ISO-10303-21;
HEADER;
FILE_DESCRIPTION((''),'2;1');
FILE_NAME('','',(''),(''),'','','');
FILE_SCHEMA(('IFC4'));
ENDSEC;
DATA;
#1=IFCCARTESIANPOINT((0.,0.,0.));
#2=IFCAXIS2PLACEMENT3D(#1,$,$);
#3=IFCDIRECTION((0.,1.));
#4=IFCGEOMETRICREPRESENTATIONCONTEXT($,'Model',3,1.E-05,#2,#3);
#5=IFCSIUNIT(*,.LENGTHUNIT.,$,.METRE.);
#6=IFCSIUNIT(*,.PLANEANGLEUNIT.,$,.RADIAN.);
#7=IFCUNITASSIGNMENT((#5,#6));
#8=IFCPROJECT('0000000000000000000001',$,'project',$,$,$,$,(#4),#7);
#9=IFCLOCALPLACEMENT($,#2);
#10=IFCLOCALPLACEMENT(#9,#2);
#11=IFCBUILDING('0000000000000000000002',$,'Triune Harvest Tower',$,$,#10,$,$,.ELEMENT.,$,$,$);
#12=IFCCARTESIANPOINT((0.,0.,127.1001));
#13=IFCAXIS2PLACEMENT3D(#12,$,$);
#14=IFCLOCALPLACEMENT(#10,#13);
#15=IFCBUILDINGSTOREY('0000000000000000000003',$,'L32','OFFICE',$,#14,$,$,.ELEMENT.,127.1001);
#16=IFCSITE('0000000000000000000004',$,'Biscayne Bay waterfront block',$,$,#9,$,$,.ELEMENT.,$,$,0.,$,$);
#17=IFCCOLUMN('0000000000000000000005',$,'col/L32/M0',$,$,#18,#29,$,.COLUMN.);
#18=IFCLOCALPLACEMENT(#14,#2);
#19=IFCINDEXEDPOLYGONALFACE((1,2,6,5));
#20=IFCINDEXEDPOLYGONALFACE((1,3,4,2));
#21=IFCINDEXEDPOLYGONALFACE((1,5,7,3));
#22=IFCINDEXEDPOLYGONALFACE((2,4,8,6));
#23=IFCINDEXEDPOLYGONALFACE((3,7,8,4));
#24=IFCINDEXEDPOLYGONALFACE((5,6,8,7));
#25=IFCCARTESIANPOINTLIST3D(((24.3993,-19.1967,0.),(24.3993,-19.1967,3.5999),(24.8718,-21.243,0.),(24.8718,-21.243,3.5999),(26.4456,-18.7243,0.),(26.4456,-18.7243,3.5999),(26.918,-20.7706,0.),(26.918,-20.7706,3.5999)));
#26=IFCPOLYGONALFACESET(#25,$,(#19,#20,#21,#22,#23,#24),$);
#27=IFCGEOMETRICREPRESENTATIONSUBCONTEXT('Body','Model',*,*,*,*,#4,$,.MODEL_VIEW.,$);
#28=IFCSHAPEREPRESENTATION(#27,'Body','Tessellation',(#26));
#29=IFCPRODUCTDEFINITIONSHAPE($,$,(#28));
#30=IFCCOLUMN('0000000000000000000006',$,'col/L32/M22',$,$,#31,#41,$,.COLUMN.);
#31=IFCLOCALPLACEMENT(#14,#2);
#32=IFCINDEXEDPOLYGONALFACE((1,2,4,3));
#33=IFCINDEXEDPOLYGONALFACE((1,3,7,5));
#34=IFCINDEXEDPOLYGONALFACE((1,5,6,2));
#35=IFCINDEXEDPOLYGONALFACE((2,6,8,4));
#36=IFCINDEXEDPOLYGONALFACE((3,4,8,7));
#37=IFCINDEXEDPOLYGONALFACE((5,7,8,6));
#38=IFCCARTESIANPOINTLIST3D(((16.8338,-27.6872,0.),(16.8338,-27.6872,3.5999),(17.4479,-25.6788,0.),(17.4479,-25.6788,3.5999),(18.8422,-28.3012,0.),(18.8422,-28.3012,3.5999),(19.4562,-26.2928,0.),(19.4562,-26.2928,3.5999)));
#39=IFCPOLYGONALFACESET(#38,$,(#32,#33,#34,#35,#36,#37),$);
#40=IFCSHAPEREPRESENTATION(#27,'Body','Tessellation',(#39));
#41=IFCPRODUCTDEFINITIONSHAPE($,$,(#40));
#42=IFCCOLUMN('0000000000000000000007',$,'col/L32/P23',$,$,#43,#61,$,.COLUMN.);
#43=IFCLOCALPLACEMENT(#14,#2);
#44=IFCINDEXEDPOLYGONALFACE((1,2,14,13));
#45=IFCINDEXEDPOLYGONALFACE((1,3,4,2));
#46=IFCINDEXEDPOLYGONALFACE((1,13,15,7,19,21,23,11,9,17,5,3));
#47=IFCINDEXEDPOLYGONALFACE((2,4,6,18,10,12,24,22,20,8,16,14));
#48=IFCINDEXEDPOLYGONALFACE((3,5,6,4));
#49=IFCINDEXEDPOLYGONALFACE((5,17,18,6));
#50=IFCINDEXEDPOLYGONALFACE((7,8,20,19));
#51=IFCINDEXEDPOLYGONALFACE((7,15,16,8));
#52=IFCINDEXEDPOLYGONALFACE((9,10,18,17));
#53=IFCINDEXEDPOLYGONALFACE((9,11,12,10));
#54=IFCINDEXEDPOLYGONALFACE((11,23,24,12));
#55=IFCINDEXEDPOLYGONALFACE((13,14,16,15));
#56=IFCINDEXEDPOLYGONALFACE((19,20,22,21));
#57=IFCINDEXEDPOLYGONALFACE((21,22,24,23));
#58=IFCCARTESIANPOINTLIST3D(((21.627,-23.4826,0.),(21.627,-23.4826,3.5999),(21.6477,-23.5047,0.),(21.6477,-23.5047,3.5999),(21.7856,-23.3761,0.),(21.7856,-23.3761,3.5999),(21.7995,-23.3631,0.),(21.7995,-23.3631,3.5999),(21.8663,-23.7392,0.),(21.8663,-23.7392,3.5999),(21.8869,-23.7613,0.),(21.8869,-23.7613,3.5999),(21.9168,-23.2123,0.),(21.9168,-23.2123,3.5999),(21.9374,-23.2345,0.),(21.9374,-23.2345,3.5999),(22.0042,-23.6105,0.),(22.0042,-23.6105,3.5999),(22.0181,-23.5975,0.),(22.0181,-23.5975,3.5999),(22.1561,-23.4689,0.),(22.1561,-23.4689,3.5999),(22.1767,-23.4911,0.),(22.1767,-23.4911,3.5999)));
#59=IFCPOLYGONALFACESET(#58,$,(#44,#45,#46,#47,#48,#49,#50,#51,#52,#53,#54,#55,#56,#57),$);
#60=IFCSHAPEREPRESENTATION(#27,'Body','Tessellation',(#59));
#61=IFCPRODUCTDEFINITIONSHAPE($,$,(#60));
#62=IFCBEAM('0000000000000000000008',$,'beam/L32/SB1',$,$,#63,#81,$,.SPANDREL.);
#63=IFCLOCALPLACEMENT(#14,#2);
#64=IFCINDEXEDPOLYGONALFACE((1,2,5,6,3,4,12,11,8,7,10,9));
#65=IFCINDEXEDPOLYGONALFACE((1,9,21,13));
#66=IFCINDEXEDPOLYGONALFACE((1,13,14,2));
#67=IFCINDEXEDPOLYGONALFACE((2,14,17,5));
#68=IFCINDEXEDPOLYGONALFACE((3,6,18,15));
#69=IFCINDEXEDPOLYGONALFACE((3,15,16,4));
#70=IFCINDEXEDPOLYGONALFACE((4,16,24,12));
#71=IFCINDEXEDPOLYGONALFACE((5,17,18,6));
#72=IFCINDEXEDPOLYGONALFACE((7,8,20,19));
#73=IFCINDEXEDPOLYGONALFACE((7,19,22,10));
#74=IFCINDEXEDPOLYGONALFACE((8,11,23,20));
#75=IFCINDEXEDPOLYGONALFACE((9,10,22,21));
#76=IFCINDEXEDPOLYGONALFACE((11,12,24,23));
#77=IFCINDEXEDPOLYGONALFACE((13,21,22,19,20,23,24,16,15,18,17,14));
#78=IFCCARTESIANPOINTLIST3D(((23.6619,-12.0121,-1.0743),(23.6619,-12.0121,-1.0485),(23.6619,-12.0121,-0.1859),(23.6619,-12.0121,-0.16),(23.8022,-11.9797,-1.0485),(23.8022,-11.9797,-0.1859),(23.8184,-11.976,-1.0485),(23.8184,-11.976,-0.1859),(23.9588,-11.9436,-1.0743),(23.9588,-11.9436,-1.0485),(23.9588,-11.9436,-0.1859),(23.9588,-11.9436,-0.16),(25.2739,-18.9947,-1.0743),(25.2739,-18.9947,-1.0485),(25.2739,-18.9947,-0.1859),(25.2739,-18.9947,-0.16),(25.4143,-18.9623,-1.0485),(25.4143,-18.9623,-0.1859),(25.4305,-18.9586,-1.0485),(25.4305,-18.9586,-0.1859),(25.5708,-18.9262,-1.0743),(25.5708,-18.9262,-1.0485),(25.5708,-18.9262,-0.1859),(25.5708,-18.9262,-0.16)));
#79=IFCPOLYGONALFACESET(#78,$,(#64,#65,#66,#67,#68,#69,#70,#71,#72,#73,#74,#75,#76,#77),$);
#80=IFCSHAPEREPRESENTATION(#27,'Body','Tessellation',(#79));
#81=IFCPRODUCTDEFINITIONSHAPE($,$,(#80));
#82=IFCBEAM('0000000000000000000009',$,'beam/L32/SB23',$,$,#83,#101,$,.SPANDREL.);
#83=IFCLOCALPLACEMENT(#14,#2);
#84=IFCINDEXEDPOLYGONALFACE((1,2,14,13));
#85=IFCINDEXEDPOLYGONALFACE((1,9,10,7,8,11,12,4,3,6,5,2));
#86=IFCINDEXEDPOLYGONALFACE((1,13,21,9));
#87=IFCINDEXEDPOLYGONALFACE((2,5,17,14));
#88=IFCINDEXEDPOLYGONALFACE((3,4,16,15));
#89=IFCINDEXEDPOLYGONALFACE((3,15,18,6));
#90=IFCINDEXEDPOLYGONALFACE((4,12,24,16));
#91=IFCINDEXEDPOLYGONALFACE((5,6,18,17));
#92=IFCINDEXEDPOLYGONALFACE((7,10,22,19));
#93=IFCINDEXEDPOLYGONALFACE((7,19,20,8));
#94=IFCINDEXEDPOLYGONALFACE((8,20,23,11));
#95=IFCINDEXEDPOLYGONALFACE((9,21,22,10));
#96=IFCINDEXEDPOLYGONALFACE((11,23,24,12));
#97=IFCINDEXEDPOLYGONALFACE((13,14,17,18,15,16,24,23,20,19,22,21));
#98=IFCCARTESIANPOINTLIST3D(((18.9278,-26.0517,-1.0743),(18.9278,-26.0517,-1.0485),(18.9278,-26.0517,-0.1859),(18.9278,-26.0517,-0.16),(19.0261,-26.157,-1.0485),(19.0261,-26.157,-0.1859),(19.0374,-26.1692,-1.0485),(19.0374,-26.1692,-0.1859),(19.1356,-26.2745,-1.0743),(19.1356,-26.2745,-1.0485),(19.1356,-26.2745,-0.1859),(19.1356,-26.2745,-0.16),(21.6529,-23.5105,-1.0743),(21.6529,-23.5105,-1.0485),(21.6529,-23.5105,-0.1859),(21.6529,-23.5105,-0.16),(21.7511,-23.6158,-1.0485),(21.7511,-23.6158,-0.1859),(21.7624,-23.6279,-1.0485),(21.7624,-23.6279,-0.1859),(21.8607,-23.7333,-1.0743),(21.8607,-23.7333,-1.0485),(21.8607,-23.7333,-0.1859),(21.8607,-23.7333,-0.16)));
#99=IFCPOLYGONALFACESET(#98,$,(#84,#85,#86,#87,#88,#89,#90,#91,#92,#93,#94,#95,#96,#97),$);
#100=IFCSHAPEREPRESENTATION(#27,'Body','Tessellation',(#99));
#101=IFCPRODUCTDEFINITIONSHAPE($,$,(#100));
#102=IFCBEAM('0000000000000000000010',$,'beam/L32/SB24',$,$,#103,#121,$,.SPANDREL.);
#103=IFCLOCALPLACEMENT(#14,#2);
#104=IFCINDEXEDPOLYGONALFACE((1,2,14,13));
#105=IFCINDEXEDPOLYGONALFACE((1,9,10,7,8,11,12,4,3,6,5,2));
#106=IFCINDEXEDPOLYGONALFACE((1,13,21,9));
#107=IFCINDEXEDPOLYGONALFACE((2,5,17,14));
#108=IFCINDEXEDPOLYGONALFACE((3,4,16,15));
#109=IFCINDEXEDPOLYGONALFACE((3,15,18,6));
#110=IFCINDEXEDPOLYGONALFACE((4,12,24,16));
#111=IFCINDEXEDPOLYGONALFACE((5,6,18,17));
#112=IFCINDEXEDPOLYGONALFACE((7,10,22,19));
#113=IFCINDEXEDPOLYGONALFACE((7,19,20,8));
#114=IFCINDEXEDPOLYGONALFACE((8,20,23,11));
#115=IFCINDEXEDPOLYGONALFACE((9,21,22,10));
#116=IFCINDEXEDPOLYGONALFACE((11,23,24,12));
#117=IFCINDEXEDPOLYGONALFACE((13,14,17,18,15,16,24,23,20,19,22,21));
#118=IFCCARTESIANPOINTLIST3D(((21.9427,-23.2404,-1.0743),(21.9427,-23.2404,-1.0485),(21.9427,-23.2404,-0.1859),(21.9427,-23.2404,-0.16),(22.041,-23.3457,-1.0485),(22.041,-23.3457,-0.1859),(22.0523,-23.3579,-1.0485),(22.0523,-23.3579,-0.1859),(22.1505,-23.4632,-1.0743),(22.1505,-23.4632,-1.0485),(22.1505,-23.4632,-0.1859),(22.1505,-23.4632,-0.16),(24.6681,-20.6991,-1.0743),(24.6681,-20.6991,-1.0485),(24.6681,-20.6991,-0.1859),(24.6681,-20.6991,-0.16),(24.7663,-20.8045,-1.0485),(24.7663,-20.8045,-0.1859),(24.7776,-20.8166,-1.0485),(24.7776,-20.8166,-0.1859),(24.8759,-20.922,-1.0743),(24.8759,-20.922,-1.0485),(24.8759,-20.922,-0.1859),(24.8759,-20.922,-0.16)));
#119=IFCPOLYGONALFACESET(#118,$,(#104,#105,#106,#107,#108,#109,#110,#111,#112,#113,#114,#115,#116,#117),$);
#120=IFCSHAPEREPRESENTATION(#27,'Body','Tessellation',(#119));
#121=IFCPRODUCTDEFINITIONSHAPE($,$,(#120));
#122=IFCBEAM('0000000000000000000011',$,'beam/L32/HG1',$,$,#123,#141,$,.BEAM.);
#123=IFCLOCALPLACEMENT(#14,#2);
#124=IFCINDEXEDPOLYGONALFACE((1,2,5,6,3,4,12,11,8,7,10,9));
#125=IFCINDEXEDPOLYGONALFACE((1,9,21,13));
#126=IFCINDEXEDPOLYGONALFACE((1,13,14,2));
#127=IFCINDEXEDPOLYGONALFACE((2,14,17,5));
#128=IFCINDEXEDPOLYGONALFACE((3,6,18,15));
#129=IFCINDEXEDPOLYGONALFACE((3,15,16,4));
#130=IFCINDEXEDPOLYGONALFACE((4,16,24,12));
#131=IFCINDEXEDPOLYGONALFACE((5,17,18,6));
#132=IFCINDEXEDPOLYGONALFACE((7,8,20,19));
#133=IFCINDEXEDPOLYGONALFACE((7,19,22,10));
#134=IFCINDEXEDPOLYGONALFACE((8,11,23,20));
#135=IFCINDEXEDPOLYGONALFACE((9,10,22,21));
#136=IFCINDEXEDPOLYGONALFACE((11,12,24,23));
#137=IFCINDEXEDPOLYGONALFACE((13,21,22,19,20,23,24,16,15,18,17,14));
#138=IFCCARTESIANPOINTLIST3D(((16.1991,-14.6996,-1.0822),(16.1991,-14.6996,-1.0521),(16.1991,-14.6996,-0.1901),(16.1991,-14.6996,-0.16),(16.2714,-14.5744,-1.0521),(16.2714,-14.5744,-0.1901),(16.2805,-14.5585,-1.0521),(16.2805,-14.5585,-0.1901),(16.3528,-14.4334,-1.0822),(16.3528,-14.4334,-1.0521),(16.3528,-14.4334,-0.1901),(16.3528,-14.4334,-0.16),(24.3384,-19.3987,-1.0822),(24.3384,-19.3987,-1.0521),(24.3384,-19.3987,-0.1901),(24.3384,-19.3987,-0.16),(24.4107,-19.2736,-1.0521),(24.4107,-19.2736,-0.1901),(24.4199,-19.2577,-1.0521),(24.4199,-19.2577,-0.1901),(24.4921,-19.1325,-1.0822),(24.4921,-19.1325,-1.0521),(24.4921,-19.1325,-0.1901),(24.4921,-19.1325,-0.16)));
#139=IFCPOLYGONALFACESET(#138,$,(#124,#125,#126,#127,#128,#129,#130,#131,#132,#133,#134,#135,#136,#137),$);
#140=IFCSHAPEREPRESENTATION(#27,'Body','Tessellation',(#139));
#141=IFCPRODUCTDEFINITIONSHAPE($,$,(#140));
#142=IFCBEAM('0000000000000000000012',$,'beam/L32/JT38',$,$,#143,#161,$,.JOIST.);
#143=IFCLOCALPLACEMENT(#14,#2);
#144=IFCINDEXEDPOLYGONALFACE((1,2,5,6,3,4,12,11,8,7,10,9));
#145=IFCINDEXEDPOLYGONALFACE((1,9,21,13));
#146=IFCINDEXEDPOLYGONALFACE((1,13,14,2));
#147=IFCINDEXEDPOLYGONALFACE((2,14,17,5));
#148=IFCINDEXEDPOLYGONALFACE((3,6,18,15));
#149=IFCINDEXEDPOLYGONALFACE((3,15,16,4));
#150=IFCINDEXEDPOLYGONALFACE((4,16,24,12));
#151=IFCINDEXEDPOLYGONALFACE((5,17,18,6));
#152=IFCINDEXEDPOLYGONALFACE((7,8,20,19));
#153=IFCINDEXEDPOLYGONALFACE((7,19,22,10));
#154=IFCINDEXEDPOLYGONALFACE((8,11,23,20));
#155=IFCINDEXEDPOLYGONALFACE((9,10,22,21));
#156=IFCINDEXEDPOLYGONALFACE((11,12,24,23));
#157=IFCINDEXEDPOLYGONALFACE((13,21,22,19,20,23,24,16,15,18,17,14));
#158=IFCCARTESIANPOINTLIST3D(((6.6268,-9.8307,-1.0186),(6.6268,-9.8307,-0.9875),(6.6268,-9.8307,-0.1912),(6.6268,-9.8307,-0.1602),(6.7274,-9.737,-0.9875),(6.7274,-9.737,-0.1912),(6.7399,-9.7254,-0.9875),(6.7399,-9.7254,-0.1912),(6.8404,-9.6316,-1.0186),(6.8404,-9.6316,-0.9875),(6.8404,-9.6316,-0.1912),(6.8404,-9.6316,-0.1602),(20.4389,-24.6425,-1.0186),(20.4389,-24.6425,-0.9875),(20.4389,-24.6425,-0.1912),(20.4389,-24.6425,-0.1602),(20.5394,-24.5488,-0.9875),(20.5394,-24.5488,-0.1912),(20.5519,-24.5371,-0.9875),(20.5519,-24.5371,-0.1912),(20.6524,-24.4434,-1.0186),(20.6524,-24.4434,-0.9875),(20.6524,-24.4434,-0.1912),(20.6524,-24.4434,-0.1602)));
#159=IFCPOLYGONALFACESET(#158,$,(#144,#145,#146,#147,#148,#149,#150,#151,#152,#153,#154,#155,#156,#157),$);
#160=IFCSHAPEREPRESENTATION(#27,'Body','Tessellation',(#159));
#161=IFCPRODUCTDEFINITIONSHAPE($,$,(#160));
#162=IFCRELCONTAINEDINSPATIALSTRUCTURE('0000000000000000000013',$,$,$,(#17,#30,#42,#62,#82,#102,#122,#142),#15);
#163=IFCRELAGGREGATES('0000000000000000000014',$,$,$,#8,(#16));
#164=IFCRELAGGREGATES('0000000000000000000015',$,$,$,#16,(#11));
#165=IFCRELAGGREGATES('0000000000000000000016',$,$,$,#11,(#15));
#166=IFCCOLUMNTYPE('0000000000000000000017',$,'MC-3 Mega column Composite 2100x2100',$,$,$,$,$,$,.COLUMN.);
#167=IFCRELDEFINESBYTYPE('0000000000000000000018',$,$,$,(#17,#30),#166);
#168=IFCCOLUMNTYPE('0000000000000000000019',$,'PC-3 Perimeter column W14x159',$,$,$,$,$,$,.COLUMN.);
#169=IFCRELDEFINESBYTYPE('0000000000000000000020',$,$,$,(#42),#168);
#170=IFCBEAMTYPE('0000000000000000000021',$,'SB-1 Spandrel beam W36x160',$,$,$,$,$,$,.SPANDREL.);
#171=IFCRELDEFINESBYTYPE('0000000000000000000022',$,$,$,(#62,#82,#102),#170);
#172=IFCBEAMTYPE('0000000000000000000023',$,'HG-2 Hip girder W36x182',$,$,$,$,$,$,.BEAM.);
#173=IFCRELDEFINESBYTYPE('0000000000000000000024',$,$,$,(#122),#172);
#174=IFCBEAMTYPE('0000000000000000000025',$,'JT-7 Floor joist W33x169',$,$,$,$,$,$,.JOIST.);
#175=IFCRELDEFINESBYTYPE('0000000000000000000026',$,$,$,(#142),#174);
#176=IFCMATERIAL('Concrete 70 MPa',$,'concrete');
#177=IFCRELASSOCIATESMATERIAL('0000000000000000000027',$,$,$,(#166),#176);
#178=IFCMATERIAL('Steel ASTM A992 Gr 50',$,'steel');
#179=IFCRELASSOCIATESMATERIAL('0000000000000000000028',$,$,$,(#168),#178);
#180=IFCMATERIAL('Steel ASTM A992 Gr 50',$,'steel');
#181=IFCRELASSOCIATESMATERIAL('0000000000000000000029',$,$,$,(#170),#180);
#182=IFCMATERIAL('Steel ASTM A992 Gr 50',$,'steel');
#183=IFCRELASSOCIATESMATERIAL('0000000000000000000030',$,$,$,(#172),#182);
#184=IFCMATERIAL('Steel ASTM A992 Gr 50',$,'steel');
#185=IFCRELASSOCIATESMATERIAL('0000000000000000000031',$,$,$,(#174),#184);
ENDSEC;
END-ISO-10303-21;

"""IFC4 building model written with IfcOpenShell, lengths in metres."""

from ifc_helpers import new_model, si_unit, direction, frame, origin, origin_2d, place, context, subcontext, project, spatial, rectangle, i_section, extrude, source, transform, mapped, material, material_profile, profile_set, type_object, element, save


model = new_model("IFC4")

# Units and contexts
model_context = context("Model", 3, precision=1e-05, world=origin(), true_north=direction((0.0, 1.0)))
body_context = subcontext(model_context, "Body", "Model", "MODEL_VIEW")
ifc_project = project(units=[si_unit("LENGTHUNIT", "METRE"), si_unit("PLANEANGLEUNIT", "RADIAN")], contexts=[model_context])

# Site, building, storey
site_placement = place(None, origin())
site = spatial("IfcSite", under=ifc_project, at=site_placement, Name="Biscayne Bay waterfront block", CompositionType="ELEMENT", RefElevation=0.0)
building_placement = place(site_placement, origin())
building = spatial("IfcBuilding", under=site, at=building_placement, Name="Triune Harvest Tower", CompositionType="ELEMENT")
storey_placement = place(building_placement, frame((0.0, 0.0, 127.1001)))
storey = spatial("IfcBuildingStorey", under=building, at=storey_placement, Name="L32", Description="OFFICE", CompositionType="ELEMENT", Elevation=127.1001)

# Columns
ifc_material_1 = material(Name="Concrete 70 MPa", Category="concrete")
ifc_material_profile_1 = material_profile(ifc_material_1, rectangle(XDim=2.1001, YDim=2.1001, at=origin_2d()), Name="Composite 2100x2100")
ifc_profile_set_1 = profile_set([ifc_material_profile_1], Name="Concrete 70 MPa")
column_type_1 = type_object("IfcColumnType", Name="MC-3 Mega column Composite 2100x2100", PredefinedType="COLUMN", material=ifc_profile_set_1)
shared_shape_1 = source(origin(), body_context, "Body", "SweptSolid", [
    extrude(rectangle(XDim=2.1001, YDim=2.1001, at=origin_2d()), origin(), (0.0, 0.0, 1.0), 3.5999),
])
for number, where, z_axis, x_axis, name in (
    (1, (25.6587, -19.9836, 0.0), (0.0, 0.0, 1.0), (-0.224953, 0.97437, 0.0), "col/L32/M0"),
    (2, (18.145, -26.99, 0.0), (0.0, 0.0, 1.0), (0.956305, -0.292372, 0.0), "col/L32/M22"),
):
    element("IfcColumn", number, at=place(storey_placement, frame(where, z_axis=z_axis, x_axis=x_axis)), inside=storey, type_object=column_type_1, Name=name, PredefinedType="COLUMN", context=body_context, shape_type="MappedRepresentation", body=[
        mapped(shared_shape_1, transform((0.0, 0.0, 0.0), scale=1.0)),
    ])
ifc_material_2 = material(Name="Steel ASTM A992 Gr 50", Category="steel")
ifc_material_profile_2 = material_profile(ifc_material_2, i_section(OverallWidth=0.3962, OverallDepth=0.3811, WebThickness=0.019, FlangeThickness=0.0303, at=origin_2d()), Name="W14x159")
ifc_profile_set_2 = profile_set([ifc_material_profile_2], Name="Steel ASTM A992 Gr 50")
column_type_2 = type_object("IfcColumnType", Name="PC-3 Perimeter column W14x159", PredefinedType="COLUMN", material=ifc_profile_set_2)
shared_shape_2 = source(origin(), body_context, "Body", "SweptSolid", [
    extrude(i_section(OverallWidth=0.3962, OverallDepth=0.3811, WebThickness=0.019, FlangeThickness=0.0303, at=origin_2d()), origin(), (0.0, 0.0, 1.0), 3.5999),
])
column_placement = place(storey_placement, frame((21.9019, -23.4868, 0.0), z_axis=(0.0, 0.0, 1.0), x_axis=(0.731354, 0.681998, 0.0)))
element("IfcColumn", 3, at=column_placement, inside=storey, type_object=column_type_2, Name="col/L32/P23", PredefinedType="COLUMN", context=body_context, shape_type="MappedRepresentation", body=[
    mapped(shared_shape_2, transform((0.0, 0.0, 0.0), scale=1.0)),
])

# Beams
ifc_material_3 = material(Name="Steel ASTM A992 Gr 50", Category="steel")
ifc_material_profile_3 = material_profile(ifc_material_3, i_section(OverallWidth=0.3047, OverallDepth=0.9143, WebThickness=0.0166, FlangeThickness=0.0259, at=origin_2d()), Name="W36x160")
ifc_profile_set_3 = profile_set([ifc_material_profile_3], Name="Steel ASTM A992 Gr 50")
beam_type_1 = type_object("IfcBeamType", Name="SB-1 Spandrel beam W36x160", PredefinedType="SPANDREL", material=ifc_profile_set_3)
shared_shape_3 = source(origin(), body_context, "Body", "SweptSolid", [
    extrude(i_section(OverallWidth=0.3047, OverallDepth=0.9143, WebThickness=0.0166, FlangeThickness=0.0259, at=origin_2d()), origin(), (0.0, 0.0, 1.0), 7.1663),
])
beam_1_placement = place(storey_placement, frame((25.4224, -18.9604, -0.6172), z_axis=(-0.224949, 0.974371, 0.0), x_axis=(-0.974371, -0.224949, 0.0)))
element("IfcBeam", 4, at=beam_1_placement, inside=storey, type_object=beam_type_1, Name="beam/L32/SB1", PredefinedType="SPANDREL", context=body_context, shape_type="MappedRepresentation", body=[
    mapped(shared_shape_3, transform((0.0, 0.0, 0.0), scale=1.0)),
])
shared_shape_4 = source(origin(), body_context, "Body", "SweptSolid", [
    extrude(i_section(OverallWidth=0.3047, OverallDepth=0.9143, WebThickness=0.0166, FlangeThickness=0.0259, at=origin_2d()), origin(), (0.0, 0.0, 1.0), 3.7261),
])
beam_2_placement = place(storey_placement, frame((19.0317, -26.1631, -0.6172), z_axis=(0.731345, 0.682008, 0.0), x_axis=(-0.682008, 0.731345, 0.0)))
element("IfcBeam", 5, at=beam_2_placement, inside=storey, type_object=beam_type_1, Name="beam/L32/SB23", PredefinedType="SPANDREL", context=body_context, shape_type="MappedRepresentation", body=[
    mapped(shared_shape_4, transform((0.0, 0.0, 0.0), scale=1.0)),
])
shared_shape_5 = source(origin(), body_context, "Body", "SweptSolid", [
    extrude(i_section(OverallWidth=0.3047, OverallDepth=0.9143, WebThickness=0.0166, FlangeThickness=0.0259, at=origin_2d()), origin(), (0.0, 0.0, 1.0), 3.7263),
])
beam_3_placement = place(storey_placement, frame((22.0466, -23.3518, -0.6172), z_axis=(0.731375, 0.681975, 0.0), x_axis=(-0.681975, 0.731375, 0.0)))
element("IfcBeam", 6, at=beam_3_placement, inside=storey, type_object=beam_type_1, Name="beam/L32/SB24", PredefinedType="SPANDREL", context=body_context, shape_type="MappedRepresentation", body=[
    mapped(shared_shape_5, transform((0.0, 0.0, 0.0), scale=1.0)),
])
ifc_material_4 = material(Name="Steel ASTM A992 Gr 50", Category="steel")
ifc_material_profile_4 = material_profile(ifc_material_4, i_section(OverallWidth=0.3074, OverallDepth=0.9221, WebThickness=0.0183, FlangeThickness=0.03, at=origin_2d()), Name="W36x182")
ifc_profile_set_4 = profile_set([ifc_material_profile_4], Name="Steel ASTM A992 Gr 50")
beam_type_2 = type_object("IfcBeamType", Name="HG-2 Hip girder W36x182", PredefinedType="BEAM", material=ifc_profile_set_4)
shared_shape_6 = source(origin(), body_context, "Body", "SweptSolid", [
    extrude(i_section(OverallWidth=0.3074, OverallDepth=0.9221, WebThickness=0.0183, FlangeThickness=0.03, at=origin_2d()), origin(), (0.0, 0.0, 1.0), 9.3984),
])
beam_4_placement = place(storey_placement, frame((24.4153, -19.2656, -0.6211), z_axis=(-0.866029, 0.499995, 0.0), x_axis=(-0.499995, -0.866029, 0.0)))
element("IfcBeam", 7, at=beam_4_placement, inside=storey, type_object=beam_type_2, Name="beam/L32/HG1", PredefinedType="BEAM", context=body_context, shape_type="MappedRepresentation", body=[
    mapped(shared_shape_6, transform((0.0, 0.0, 0.0), scale=1.0)),
])
ifc_material_5 = material(Name="Steel ASTM A992 Gr 50", Category="steel")
ifc_material_profile_5 = material_profile(ifc_material_5, i_section(OverallWidth=0.292, OverallDepth=0.8584, WebThickness=0.0171, FlangeThickness=0.031, at=origin_2d()), Name="W33x169")
ifc_profile_set_5 = profile_set([ifc_material_profile_5], Name="Steel ASTM A992 Gr 50")
beam_type_3 = type_object("IfcBeamType", Name="JT-7 Floor joist W33x169", PredefinedType="JOIST", material=ifc_profile_set_5)
shared_shape_7 = source(origin(), body_context, "Body", "SweptSolid", [
    extrude(i_section(OverallWidth=0.292, OverallDepth=0.8584, WebThickness=0.0171, FlangeThickness=0.031, at=origin_2d()), origin(), (0.0, 0.0, 1.0), 20.2524),
])
beam_5_placement = place(storey_placement, frame((20.5457, -24.543, -0.5894), z_axis=(-0.681993, 0.731358, 0.0), x_axis=(-0.731358, -0.681993, 0.0)))
element("IfcBeam", 8, at=beam_5_placement, inside=storey, type_object=beam_type_3, Name="beam/L32/JT38", PredefinedType="JOIST", context=body_context, shape_type="MappedRepresentation", body=[
    mapped(shared_shape_7, transform((0.0, 0.0, 0.0), scale=1.0)),
])

save(model, "model.ifc")
